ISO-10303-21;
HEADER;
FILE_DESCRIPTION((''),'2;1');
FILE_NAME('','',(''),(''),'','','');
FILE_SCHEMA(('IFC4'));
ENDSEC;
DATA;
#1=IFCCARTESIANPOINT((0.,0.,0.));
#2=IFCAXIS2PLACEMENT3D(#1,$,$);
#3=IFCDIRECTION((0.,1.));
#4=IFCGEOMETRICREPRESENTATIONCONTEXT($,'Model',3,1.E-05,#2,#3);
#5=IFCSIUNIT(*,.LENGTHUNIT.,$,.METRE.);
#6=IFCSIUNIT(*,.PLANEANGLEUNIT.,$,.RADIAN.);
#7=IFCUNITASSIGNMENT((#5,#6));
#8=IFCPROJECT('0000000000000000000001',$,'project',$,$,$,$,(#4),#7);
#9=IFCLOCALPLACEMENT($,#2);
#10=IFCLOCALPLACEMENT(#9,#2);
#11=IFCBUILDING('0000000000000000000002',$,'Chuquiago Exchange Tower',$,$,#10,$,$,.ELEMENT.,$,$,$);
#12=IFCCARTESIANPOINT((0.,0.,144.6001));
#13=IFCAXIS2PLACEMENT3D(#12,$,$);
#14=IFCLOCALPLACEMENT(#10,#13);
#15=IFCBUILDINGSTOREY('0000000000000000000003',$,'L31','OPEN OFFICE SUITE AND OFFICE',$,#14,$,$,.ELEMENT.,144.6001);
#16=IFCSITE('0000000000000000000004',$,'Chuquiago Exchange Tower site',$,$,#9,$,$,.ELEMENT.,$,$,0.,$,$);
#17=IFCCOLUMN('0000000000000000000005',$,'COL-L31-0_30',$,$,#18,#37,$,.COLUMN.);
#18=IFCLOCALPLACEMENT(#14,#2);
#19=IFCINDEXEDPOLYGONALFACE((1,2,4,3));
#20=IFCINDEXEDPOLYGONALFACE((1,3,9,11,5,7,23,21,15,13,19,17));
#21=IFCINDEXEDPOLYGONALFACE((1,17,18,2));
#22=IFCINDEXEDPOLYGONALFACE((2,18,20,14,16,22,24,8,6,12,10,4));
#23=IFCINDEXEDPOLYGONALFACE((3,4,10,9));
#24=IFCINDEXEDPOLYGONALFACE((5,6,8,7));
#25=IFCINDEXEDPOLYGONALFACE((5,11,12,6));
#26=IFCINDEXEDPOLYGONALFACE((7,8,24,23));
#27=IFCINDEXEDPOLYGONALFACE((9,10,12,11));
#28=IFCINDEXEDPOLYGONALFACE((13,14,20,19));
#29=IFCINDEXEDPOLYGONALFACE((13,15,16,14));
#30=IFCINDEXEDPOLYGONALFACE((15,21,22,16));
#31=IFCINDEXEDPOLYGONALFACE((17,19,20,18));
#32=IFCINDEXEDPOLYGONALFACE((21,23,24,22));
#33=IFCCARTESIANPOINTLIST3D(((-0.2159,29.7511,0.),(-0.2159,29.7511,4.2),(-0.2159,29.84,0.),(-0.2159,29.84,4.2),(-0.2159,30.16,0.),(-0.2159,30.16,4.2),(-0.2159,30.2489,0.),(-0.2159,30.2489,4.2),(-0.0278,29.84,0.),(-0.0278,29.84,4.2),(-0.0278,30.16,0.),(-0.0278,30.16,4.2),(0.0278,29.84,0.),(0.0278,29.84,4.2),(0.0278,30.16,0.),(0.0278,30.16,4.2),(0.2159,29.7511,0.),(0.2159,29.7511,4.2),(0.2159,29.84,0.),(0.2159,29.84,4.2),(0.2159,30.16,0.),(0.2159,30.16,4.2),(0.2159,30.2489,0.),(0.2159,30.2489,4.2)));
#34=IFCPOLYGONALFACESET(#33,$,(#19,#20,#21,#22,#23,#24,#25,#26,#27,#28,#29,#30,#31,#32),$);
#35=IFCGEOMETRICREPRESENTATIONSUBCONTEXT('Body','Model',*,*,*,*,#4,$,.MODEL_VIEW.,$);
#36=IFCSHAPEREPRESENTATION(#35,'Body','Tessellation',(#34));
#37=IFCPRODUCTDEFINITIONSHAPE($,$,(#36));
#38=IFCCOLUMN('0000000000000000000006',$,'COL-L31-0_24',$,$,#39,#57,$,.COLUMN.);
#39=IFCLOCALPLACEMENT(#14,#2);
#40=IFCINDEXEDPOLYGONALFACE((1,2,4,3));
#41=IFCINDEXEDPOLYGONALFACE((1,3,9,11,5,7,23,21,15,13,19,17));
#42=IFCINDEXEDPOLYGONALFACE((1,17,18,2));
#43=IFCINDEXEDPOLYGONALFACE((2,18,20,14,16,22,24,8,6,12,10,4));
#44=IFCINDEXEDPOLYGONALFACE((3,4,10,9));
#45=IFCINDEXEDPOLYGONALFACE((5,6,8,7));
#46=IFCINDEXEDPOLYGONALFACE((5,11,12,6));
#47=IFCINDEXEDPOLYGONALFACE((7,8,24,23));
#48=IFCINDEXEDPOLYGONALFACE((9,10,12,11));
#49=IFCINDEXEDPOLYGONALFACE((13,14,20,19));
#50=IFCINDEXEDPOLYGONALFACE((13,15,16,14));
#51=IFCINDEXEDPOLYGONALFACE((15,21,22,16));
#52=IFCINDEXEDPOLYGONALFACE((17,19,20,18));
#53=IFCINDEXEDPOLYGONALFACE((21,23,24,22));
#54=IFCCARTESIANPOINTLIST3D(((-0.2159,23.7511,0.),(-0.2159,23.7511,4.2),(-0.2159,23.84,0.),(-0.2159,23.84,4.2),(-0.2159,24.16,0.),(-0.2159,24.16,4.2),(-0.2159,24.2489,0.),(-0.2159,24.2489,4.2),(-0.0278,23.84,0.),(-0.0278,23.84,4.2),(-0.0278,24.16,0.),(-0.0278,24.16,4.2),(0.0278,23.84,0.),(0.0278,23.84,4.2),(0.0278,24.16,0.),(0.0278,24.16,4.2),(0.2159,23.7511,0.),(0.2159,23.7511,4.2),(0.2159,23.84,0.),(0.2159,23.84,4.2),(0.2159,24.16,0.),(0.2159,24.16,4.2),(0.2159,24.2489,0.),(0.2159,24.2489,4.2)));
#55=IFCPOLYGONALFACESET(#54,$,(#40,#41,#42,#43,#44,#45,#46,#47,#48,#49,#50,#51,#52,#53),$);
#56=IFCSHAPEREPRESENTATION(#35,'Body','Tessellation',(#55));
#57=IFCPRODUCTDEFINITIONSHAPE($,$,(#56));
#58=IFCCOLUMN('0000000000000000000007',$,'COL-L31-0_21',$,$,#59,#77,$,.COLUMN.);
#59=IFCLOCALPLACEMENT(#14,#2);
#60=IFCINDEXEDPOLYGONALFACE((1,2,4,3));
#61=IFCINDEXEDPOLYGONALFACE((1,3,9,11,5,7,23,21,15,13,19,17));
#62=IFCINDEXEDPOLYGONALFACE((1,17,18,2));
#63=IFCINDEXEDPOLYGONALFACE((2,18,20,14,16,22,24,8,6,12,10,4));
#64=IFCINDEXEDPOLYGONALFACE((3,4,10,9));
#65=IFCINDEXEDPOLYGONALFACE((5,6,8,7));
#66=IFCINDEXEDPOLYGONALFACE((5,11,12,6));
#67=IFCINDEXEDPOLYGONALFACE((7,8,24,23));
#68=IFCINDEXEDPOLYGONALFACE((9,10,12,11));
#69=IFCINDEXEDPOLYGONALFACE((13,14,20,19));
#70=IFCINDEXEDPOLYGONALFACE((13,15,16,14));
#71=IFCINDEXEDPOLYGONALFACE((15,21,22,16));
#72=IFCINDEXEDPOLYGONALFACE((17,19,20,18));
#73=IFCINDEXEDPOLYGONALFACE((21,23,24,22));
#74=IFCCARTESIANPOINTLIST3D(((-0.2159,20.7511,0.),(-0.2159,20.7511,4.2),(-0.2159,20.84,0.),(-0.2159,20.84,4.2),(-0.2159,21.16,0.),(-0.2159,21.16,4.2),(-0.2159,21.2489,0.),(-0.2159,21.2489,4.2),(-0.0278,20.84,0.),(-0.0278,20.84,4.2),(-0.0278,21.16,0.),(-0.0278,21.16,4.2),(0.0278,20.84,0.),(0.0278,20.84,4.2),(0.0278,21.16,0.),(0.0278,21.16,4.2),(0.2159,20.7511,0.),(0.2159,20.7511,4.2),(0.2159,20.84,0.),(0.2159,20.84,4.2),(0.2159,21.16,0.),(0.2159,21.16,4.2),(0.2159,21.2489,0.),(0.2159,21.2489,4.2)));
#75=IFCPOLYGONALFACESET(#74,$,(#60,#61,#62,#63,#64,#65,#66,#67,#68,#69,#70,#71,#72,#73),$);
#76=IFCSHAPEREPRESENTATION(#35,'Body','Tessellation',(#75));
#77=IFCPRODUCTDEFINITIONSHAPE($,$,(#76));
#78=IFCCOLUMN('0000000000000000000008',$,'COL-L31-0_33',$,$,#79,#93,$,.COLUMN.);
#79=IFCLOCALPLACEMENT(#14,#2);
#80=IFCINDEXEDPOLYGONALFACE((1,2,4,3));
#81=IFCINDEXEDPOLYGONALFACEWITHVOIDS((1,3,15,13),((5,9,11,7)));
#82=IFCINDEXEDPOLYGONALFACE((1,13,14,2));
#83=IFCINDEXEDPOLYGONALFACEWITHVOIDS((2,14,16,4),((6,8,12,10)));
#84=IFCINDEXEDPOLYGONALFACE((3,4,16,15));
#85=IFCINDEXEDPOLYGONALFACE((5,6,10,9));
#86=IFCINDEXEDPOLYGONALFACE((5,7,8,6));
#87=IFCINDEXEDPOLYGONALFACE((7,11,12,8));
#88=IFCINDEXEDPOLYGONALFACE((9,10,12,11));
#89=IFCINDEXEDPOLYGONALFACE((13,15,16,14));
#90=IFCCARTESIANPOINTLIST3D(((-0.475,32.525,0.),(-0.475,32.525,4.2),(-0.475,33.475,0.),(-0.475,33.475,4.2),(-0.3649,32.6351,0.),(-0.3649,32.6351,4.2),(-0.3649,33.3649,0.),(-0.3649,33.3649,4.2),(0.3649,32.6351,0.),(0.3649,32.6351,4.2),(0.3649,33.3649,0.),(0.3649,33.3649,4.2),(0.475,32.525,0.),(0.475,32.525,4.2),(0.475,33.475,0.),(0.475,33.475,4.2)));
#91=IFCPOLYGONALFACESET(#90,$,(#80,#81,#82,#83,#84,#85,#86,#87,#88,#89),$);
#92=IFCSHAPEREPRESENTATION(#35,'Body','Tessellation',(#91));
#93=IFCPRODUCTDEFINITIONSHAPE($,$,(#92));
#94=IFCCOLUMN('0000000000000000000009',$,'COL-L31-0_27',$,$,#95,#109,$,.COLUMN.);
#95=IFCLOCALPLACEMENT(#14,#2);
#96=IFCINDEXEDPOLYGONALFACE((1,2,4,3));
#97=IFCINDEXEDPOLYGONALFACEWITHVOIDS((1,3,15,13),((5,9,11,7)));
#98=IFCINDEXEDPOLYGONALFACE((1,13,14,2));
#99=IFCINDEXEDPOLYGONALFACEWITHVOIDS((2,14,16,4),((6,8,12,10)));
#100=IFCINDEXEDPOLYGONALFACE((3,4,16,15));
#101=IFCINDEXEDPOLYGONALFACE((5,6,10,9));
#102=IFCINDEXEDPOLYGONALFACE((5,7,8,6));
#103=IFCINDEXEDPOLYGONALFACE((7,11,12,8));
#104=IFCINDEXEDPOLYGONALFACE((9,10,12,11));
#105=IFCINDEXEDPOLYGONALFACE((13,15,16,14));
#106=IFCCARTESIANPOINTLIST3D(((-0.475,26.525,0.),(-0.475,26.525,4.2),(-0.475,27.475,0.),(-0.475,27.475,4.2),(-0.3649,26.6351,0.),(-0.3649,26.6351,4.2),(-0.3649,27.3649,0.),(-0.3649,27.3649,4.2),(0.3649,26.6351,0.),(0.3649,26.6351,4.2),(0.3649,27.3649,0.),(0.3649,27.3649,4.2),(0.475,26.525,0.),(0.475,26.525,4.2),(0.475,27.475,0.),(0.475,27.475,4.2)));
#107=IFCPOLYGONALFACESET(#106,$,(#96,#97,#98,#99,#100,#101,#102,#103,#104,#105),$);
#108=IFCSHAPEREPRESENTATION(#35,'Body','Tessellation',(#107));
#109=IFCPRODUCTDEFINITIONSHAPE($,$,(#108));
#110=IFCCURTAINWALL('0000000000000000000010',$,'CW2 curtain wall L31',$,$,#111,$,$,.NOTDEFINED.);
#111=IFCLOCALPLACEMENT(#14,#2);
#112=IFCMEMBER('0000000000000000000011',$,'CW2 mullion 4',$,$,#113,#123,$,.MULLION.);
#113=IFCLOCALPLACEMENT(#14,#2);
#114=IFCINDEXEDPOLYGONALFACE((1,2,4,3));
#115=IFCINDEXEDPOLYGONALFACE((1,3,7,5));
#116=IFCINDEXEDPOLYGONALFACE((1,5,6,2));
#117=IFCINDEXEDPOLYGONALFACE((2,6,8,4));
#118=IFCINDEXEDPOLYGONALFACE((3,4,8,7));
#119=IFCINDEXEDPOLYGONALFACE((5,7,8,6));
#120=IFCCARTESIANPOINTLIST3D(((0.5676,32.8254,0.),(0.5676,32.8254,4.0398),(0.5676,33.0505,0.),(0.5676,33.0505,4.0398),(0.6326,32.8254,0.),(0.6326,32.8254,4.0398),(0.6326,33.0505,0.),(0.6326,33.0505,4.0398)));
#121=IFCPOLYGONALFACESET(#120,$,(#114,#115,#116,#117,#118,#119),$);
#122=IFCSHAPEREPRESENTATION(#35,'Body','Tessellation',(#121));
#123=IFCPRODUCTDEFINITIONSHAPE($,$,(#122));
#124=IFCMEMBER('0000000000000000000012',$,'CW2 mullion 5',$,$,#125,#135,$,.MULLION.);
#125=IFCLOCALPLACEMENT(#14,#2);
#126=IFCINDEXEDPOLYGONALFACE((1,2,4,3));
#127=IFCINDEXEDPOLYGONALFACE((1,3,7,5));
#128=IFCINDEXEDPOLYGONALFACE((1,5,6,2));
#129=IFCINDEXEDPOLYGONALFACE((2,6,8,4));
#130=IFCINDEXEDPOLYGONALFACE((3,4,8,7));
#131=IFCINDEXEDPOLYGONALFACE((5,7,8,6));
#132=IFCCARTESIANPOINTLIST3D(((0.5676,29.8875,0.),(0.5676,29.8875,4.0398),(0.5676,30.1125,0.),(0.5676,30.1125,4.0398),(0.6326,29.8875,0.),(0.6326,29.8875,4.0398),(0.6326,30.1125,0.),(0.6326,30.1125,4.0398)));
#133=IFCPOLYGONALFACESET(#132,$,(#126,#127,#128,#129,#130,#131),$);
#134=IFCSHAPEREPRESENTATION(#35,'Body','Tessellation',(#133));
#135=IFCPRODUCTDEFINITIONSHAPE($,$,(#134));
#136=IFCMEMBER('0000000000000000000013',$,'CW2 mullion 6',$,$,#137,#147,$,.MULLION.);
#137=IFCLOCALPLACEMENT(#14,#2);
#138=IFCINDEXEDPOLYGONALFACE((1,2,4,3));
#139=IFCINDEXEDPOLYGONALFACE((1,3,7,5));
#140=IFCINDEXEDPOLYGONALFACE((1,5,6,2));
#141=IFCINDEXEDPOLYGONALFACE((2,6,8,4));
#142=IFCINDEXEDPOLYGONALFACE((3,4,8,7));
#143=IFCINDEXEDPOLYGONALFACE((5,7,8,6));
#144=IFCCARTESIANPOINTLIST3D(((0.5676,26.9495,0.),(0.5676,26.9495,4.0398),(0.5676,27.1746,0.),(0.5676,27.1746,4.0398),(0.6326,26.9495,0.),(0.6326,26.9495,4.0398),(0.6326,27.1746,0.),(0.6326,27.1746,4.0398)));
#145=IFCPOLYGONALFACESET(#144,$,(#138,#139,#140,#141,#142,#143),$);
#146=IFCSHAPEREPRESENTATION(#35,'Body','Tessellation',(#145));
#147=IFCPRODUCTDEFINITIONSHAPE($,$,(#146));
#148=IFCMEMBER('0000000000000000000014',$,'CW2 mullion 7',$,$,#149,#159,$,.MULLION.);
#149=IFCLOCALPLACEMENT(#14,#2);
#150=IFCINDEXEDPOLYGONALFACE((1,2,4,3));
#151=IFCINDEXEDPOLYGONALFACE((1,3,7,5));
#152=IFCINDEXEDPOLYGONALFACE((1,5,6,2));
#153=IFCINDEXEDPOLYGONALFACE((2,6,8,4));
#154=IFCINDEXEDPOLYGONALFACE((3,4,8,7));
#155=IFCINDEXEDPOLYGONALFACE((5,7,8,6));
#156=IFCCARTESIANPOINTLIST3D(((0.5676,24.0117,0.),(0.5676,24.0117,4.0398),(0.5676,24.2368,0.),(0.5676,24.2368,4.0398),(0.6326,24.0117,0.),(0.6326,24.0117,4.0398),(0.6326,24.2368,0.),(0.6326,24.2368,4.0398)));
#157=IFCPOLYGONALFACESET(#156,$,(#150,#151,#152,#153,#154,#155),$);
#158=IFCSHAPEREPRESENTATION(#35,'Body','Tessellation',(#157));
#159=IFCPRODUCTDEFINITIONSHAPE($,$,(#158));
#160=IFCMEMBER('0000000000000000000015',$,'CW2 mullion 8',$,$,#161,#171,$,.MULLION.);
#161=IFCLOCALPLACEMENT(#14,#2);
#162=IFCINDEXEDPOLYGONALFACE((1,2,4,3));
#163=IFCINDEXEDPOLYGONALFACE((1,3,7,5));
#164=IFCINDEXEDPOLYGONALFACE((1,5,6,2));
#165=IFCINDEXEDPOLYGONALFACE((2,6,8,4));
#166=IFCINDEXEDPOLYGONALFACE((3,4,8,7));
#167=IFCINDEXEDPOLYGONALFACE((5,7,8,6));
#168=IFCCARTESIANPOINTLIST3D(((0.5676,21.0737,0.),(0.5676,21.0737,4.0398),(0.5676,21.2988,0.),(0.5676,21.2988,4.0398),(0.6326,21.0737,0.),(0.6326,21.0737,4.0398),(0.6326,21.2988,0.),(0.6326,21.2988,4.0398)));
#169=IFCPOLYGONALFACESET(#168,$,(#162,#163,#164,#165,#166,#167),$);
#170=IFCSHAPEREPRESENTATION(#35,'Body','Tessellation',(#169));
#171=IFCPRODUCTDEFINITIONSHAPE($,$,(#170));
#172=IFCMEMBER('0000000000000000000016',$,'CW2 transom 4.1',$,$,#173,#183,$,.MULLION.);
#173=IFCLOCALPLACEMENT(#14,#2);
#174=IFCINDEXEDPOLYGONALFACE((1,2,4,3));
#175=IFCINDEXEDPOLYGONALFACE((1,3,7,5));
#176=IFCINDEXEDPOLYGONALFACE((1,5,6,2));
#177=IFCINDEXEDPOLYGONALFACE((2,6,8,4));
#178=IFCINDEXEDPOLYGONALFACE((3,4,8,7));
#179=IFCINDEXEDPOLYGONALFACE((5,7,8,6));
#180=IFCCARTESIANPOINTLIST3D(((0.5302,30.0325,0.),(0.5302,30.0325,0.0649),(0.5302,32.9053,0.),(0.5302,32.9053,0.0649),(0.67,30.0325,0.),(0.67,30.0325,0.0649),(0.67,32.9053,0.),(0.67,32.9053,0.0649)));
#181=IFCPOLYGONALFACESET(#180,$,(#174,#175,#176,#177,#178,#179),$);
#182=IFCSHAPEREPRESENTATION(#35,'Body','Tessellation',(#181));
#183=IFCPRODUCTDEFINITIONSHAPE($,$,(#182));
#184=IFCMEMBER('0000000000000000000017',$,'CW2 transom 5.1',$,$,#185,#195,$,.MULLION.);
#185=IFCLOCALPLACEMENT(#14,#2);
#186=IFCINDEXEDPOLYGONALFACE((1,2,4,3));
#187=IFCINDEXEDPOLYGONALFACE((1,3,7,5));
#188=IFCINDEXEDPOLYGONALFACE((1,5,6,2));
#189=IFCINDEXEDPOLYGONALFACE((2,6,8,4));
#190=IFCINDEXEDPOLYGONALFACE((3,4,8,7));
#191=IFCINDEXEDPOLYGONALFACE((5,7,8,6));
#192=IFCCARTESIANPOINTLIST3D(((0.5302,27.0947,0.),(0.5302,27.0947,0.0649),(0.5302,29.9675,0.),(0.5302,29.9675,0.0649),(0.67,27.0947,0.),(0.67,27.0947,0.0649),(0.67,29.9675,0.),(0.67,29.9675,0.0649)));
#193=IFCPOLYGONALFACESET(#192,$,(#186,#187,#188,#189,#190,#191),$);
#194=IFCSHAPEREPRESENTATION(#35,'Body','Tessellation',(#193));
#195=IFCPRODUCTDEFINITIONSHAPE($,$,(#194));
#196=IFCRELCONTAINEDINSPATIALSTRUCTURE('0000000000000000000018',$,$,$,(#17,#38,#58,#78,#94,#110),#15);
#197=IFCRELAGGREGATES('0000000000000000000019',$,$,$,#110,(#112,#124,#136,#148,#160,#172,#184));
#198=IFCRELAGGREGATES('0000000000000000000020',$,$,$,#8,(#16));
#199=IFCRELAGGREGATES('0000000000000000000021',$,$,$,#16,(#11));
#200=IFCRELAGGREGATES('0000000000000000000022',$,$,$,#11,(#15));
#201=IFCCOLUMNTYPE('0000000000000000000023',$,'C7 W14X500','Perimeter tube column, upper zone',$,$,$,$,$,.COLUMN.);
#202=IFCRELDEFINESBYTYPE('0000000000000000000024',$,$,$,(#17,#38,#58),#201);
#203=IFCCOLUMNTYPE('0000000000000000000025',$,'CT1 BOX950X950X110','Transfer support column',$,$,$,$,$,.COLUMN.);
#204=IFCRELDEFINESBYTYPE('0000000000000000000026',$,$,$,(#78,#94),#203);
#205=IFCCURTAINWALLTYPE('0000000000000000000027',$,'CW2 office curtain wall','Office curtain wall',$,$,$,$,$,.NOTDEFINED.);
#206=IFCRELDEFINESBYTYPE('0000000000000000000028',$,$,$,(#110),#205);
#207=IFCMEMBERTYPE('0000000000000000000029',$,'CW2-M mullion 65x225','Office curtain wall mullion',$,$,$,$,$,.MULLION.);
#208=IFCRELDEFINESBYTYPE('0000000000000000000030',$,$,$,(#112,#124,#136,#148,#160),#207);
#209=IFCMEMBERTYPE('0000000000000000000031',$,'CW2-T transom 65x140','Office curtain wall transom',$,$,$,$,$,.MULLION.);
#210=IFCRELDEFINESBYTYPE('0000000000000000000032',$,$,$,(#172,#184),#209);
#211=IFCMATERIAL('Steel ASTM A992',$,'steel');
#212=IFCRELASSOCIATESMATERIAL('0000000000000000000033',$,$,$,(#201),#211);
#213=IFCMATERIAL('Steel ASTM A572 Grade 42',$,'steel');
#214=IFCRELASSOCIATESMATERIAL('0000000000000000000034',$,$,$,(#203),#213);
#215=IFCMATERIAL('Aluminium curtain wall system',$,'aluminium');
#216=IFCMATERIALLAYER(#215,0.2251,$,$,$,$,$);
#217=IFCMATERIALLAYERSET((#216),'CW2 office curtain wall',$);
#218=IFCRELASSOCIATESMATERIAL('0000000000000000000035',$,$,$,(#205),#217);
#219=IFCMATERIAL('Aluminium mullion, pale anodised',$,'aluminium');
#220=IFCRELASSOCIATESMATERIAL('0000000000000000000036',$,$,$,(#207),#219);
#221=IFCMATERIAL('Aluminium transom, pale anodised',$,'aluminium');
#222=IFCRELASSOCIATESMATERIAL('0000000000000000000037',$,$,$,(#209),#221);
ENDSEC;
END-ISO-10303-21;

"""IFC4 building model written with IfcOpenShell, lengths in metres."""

from ifc_helpers import new_model, si_unit, direction, frame, origin, origin_2d, place, context, subcontext, project, spatial, rectangle, hollow_rectangle, i_section, extrude, material, layer, layer_set, material_profile, profile_set, type_object, element, aggregate, save


model = new_model("IFC4")

# Units and contexts
model_context = context("Model", 3, precision=1e-05, world=origin(), true_north=direction((0.0, 1.0)))
body_context = subcontext(model_context, "Body", "Model", "MODEL_VIEW")
ifc_project = project(units=[si_unit("LENGTHUNIT", "METRE"), si_unit("PLANEANGLEUNIT", "RADIAN")], contexts=[model_context])

# Site, building, storey
site_placement = place(None, origin())
site = spatial("IfcSite", under=ifc_project, at=site_placement, Name="Chuquiago Exchange Tower site", CompositionType="ELEMENT", RefElevation=0.0)
building_placement = place(site_placement, origin())
building = spatial("IfcBuilding", under=site, at=building_placement, Name="Chuquiago Exchange Tower", CompositionType="ELEMENT")
storey_placement = place(building_placement, frame((0.0, 0.0, 144.6001)))
storey = spatial("IfcBuildingStorey", under=building, at=storey_placement, Name="L31", Description="OPEN OFFICE SUITE AND OFFICE", CompositionType="ELEMENT", Elevation=144.6001)

# Columns
ifc_material_1 = material(Name="Steel ASTM A992", Category="steel")
ifc_material_profile_1 = material_profile(ifc_material_1, i_section(OverallWidth=0.4319, OverallDepth=0.4978, WebThickness=0.0557, FlangeThickness=0.0889, at=origin_2d()), Name="W14X500")
ifc_profile_set_1 = profile_set([ifc_material_profile_1], Name="Steel ASTM A992")
column_type_1 = type_object("IfcColumnType", Name="C7 W14X500", Description="Perimeter tube column, upper zone", PredefinedType="COLUMN", material=ifc_profile_set_1)
for number, where, z_axis, x_axis, name in (
    (1, (0.0, 30.0, 0.0), (0.0, 0.0, 1.0), (-1.0, 0.0, 0.0), "COL-L31-0_30"),
    (2, (0.0, 24.0, 0.0), (0.0, 0.0, 1.0), (-1.0, 0.0, 0.0), "COL-L31-0_24"),
    (3, (0.0, 21.0, 0.0), (0.0, 0.0, 1.0), (-1.0, 0.0, 0.0), "COL-L31-0_21"),
):
    element("IfcColumn", number, at=place(storey_placement, frame(where, z_axis=z_axis, x_axis=x_axis)), inside=storey, type_object=column_type_1, Name=name, PredefinedType="COLUMN", context=body_context, shape_type="SweptSolid", body=[
        extrude(i_section(OverallWidth=0.4319, OverallDepth=0.4978, WebThickness=0.0557, FlangeThickness=0.0889, at=origin_2d()), origin(), (0.0, 0.0, 1.0), 4.2),
    ])
ifc_material_2 = material(Name="Steel ASTM A572 Grade 42", Category="steel")
ifc_material_profile_2 = material_profile(ifc_material_2, hollow_rectangle(XDim=0.95, YDim=0.95, WallThickness=0.1101, at=origin_2d()), Name="BOX950X950X110")
ifc_profile_set_2 = profile_set([ifc_material_profile_2], Name="Steel ASTM A572 Grade 42")
column_type_2 = type_object("IfcColumnType", Name="CT1 BOX950X950X110", Description="Transfer support column", PredefinedType="COLUMN", material=ifc_profile_set_2)
for number, where, z_axis, x_axis, name in (
    (4, (0.0, 33.0, 0.0), (0.0, 0.0, 1.0), (-1.0, 0.0, 0.0), "COL-L31-0_33"),
    (5, (0.0, 27.0, 0.0), (0.0, 0.0, 1.0), (-1.0, 0.0, 0.0), "COL-L31-0_27"),
):
    element("IfcColumn", number, at=place(storey_placement, frame(where, z_axis=z_axis, x_axis=x_axis)), inside=storey, type_object=column_type_2, Name=name, PredefinedType="COLUMN", context=body_context, shape_type="SweptSolid", body=[
        extrude(hollow_rectangle(XDim=0.95, YDim=0.95, WallThickness=0.1101, at=origin_2d()), origin(), (0.0, 0.0, 1.0), 4.2),
    ])

# Curtain wall, members
ifc_material_3 = material(Name="Aluminium curtain wall system", Category="aluminium")
ifc_layer_1 = layer(ifc_material_3, 0.2251)
ifc_layer_set_1 = layer_set([ifc_layer_1], Name="CW2 office curtain wall")
curtain_wall_type = type_object("IfcCurtainWallType", Name="CW2 office curtain wall", Description="Office curtain wall", PredefinedType="NOTDEFINED", material=ifc_layer_set_1)
curtain_wall_placement = place(storey_placement, origin())
curtain_wall = element("IfcCurtainWall", 6, at=curtain_wall_placement, inside=storey, type_object=curtain_wall_type, Name="CW2 curtain wall L31", PredefinedType="NOTDEFINED")
ifc_material_4 = material(Name="Aluminium mullion, pale anodised", Category="aluminium")
ifc_material_profile_3 = material_profile(ifc_material_4, rectangle(XDim=0.0649, YDim=0.2251, at=origin_2d()), Name="AL 65x225")
ifc_profile_set_3 = profile_set([ifc_material_profile_3], Name="Aluminium mullion, pale anodised")
member_type_1 = type_object("IfcMemberType", Name="CW2-M mullion 65x225", Description="Office curtain wall mullion", PredefinedType="MULLION", material=ifc_profile_set_3)
member_1_placement = place(storey_placement, frame((0.6001, 32.938, 0.0), z_axis=(0.0, 0.0, 1.0), x_axis=(1.0, 0.0, 0.0)))
member_1 = element("IfcMember", 7, at=member_1_placement, type_object=member_type_1, Name="CW2 mullion 4", PredefinedType="MULLION", context=body_context, shape_type="SweptSolid", body=[
    extrude(rectangle(XDim=0.0649, YDim=0.2251, at=origin_2d()), origin(), (0.0, 0.0, 1.0), 4.0398),
])
member_2_placement = place(storey_placement, frame((0.6001, 30.0, 0.0), z_axis=(0.0, 0.0, 1.0), x_axis=(1.0, 0.0, 0.0)))
member_2 = element("IfcMember", 8, at=member_2_placement, type_object=member_type_1, Name="CW2 mullion 5", PredefinedType="MULLION", context=body_context, shape_type="SweptSolid", body=[
    extrude(rectangle(XDim=0.0649, YDim=0.2251, at=origin_2d()), origin(), (0.0, 0.0, 1.0), 4.0398),
])
member_3_placement = place(storey_placement, frame((0.6001, 27.062, 0.0), z_axis=(0.0, 0.0, 1.0), x_axis=(1.0, 0.0, 0.0)))
member_3 = element("IfcMember", 9, at=member_3_placement, type_object=member_type_1, Name="CW2 mullion 6", PredefinedType="MULLION", context=body_context, shape_type="SweptSolid", body=[
    extrude(rectangle(XDim=0.0649, YDim=0.2251, at=origin_2d()), origin(), (0.0, 0.0, 1.0), 4.0398),
])
member_4_placement = place(storey_placement, frame((0.6001, 24.1243, 0.0), z_axis=(0.0, 0.0, 1.0), x_axis=(1.0, 0.0, 0.0)))
member_4 = element("IfcMember", 10, at=member_4_placement, type_object=member_type_1, Name="CW2 mullion 7", PredefinedType="MULLION", context=body_context, shape_type="SweptSolid", body=[
    extrude(rectangle(XDim=0.0649, YDim=0.2251, at=origin_2d()), origin(), (0.0, 0.0, 1.0), 4.0398),
])
member_5_placement = place(storey_placement, frame((0.6001, 21.1863, 0.0), z_axis=(0.0, 0.0, 1.0), x_axis=(1.0, 0.0, 0.0)))
member_5 = element("IfcMember", 11, at=member_5_placement, type_object=member_type_1, Name="CW2 mullion 8", PredefinedType="MULLION", context=body_context, shape_type="SweptSolid", body=[
    extrude(rectangle(XDim=0.0649, YDim=0.2251, at=origin_2d()), origin(), (0.0, 0.0, 1.0), 4.0398),
])
ifc_material_5 = material(Name="Aluminium transom, pale anodised", Category="aluminium")
ifc_material_profile_4 = material_profile(ifc_material_5, rectangle(XDim=0.1399, YDim=0.0649, at=origin_2d()), Name="AL 140x65")
ifc_profile_set_4 = profile_set([ifc_material_profile_4], Name="Aluminium transom, pale anodised")
member_type_2 = type_object("IfcMemberType", Name="CW2-T transom 65x140", Description="Office curtain wall transom", PredefinedType="MULLION", material=ifc_profile_set_4)
member_6_placement = place(storey_placement, frame((0.6001, 32.9053, 0.0325), z_axis=(0.0, -1.0, 0.0), x_axis=(1.0, 0.0, 0.0)))
member_6 = element("IfcMember", 12, at=member_6_placement, type_object=member_type_2, Name="CW2 transom 4.1", PredefinedType="MULLION", context=body_context, shape_type="SweptSolid", body=[
    extrude(rectangle(XDim=0.1399, YDim=0.0649, at=origin_2d()), origin(), (0.0, 0.0, 1.0), 2.8728),
])
member_7_placement = place(storey_placement, frame((0.6001, 29.9675, 0.0325), z_axis=(0.0, -1.0, 0.0), x_axis=(1.0, 0.0, 0.0)))
member_7 = element("IfcMember", 13, at=member_7_placement, type_object=member_type_2, Name="CW2 transom 5.1", PredefinedType="MULLION", context=body_context, shape_type="SweptSolid", body=[
    extrude(rectangle(XDim=0.1399, YDim=0.0649, at=origin_2d()), origin(), (0.0, 0.0, 1.0), 2.8728),
])

aggregate(curtain_wall, [member_1, member_2, member_3, member_4, member_5, member_6, member_7])

save(model, "model.ifc")
